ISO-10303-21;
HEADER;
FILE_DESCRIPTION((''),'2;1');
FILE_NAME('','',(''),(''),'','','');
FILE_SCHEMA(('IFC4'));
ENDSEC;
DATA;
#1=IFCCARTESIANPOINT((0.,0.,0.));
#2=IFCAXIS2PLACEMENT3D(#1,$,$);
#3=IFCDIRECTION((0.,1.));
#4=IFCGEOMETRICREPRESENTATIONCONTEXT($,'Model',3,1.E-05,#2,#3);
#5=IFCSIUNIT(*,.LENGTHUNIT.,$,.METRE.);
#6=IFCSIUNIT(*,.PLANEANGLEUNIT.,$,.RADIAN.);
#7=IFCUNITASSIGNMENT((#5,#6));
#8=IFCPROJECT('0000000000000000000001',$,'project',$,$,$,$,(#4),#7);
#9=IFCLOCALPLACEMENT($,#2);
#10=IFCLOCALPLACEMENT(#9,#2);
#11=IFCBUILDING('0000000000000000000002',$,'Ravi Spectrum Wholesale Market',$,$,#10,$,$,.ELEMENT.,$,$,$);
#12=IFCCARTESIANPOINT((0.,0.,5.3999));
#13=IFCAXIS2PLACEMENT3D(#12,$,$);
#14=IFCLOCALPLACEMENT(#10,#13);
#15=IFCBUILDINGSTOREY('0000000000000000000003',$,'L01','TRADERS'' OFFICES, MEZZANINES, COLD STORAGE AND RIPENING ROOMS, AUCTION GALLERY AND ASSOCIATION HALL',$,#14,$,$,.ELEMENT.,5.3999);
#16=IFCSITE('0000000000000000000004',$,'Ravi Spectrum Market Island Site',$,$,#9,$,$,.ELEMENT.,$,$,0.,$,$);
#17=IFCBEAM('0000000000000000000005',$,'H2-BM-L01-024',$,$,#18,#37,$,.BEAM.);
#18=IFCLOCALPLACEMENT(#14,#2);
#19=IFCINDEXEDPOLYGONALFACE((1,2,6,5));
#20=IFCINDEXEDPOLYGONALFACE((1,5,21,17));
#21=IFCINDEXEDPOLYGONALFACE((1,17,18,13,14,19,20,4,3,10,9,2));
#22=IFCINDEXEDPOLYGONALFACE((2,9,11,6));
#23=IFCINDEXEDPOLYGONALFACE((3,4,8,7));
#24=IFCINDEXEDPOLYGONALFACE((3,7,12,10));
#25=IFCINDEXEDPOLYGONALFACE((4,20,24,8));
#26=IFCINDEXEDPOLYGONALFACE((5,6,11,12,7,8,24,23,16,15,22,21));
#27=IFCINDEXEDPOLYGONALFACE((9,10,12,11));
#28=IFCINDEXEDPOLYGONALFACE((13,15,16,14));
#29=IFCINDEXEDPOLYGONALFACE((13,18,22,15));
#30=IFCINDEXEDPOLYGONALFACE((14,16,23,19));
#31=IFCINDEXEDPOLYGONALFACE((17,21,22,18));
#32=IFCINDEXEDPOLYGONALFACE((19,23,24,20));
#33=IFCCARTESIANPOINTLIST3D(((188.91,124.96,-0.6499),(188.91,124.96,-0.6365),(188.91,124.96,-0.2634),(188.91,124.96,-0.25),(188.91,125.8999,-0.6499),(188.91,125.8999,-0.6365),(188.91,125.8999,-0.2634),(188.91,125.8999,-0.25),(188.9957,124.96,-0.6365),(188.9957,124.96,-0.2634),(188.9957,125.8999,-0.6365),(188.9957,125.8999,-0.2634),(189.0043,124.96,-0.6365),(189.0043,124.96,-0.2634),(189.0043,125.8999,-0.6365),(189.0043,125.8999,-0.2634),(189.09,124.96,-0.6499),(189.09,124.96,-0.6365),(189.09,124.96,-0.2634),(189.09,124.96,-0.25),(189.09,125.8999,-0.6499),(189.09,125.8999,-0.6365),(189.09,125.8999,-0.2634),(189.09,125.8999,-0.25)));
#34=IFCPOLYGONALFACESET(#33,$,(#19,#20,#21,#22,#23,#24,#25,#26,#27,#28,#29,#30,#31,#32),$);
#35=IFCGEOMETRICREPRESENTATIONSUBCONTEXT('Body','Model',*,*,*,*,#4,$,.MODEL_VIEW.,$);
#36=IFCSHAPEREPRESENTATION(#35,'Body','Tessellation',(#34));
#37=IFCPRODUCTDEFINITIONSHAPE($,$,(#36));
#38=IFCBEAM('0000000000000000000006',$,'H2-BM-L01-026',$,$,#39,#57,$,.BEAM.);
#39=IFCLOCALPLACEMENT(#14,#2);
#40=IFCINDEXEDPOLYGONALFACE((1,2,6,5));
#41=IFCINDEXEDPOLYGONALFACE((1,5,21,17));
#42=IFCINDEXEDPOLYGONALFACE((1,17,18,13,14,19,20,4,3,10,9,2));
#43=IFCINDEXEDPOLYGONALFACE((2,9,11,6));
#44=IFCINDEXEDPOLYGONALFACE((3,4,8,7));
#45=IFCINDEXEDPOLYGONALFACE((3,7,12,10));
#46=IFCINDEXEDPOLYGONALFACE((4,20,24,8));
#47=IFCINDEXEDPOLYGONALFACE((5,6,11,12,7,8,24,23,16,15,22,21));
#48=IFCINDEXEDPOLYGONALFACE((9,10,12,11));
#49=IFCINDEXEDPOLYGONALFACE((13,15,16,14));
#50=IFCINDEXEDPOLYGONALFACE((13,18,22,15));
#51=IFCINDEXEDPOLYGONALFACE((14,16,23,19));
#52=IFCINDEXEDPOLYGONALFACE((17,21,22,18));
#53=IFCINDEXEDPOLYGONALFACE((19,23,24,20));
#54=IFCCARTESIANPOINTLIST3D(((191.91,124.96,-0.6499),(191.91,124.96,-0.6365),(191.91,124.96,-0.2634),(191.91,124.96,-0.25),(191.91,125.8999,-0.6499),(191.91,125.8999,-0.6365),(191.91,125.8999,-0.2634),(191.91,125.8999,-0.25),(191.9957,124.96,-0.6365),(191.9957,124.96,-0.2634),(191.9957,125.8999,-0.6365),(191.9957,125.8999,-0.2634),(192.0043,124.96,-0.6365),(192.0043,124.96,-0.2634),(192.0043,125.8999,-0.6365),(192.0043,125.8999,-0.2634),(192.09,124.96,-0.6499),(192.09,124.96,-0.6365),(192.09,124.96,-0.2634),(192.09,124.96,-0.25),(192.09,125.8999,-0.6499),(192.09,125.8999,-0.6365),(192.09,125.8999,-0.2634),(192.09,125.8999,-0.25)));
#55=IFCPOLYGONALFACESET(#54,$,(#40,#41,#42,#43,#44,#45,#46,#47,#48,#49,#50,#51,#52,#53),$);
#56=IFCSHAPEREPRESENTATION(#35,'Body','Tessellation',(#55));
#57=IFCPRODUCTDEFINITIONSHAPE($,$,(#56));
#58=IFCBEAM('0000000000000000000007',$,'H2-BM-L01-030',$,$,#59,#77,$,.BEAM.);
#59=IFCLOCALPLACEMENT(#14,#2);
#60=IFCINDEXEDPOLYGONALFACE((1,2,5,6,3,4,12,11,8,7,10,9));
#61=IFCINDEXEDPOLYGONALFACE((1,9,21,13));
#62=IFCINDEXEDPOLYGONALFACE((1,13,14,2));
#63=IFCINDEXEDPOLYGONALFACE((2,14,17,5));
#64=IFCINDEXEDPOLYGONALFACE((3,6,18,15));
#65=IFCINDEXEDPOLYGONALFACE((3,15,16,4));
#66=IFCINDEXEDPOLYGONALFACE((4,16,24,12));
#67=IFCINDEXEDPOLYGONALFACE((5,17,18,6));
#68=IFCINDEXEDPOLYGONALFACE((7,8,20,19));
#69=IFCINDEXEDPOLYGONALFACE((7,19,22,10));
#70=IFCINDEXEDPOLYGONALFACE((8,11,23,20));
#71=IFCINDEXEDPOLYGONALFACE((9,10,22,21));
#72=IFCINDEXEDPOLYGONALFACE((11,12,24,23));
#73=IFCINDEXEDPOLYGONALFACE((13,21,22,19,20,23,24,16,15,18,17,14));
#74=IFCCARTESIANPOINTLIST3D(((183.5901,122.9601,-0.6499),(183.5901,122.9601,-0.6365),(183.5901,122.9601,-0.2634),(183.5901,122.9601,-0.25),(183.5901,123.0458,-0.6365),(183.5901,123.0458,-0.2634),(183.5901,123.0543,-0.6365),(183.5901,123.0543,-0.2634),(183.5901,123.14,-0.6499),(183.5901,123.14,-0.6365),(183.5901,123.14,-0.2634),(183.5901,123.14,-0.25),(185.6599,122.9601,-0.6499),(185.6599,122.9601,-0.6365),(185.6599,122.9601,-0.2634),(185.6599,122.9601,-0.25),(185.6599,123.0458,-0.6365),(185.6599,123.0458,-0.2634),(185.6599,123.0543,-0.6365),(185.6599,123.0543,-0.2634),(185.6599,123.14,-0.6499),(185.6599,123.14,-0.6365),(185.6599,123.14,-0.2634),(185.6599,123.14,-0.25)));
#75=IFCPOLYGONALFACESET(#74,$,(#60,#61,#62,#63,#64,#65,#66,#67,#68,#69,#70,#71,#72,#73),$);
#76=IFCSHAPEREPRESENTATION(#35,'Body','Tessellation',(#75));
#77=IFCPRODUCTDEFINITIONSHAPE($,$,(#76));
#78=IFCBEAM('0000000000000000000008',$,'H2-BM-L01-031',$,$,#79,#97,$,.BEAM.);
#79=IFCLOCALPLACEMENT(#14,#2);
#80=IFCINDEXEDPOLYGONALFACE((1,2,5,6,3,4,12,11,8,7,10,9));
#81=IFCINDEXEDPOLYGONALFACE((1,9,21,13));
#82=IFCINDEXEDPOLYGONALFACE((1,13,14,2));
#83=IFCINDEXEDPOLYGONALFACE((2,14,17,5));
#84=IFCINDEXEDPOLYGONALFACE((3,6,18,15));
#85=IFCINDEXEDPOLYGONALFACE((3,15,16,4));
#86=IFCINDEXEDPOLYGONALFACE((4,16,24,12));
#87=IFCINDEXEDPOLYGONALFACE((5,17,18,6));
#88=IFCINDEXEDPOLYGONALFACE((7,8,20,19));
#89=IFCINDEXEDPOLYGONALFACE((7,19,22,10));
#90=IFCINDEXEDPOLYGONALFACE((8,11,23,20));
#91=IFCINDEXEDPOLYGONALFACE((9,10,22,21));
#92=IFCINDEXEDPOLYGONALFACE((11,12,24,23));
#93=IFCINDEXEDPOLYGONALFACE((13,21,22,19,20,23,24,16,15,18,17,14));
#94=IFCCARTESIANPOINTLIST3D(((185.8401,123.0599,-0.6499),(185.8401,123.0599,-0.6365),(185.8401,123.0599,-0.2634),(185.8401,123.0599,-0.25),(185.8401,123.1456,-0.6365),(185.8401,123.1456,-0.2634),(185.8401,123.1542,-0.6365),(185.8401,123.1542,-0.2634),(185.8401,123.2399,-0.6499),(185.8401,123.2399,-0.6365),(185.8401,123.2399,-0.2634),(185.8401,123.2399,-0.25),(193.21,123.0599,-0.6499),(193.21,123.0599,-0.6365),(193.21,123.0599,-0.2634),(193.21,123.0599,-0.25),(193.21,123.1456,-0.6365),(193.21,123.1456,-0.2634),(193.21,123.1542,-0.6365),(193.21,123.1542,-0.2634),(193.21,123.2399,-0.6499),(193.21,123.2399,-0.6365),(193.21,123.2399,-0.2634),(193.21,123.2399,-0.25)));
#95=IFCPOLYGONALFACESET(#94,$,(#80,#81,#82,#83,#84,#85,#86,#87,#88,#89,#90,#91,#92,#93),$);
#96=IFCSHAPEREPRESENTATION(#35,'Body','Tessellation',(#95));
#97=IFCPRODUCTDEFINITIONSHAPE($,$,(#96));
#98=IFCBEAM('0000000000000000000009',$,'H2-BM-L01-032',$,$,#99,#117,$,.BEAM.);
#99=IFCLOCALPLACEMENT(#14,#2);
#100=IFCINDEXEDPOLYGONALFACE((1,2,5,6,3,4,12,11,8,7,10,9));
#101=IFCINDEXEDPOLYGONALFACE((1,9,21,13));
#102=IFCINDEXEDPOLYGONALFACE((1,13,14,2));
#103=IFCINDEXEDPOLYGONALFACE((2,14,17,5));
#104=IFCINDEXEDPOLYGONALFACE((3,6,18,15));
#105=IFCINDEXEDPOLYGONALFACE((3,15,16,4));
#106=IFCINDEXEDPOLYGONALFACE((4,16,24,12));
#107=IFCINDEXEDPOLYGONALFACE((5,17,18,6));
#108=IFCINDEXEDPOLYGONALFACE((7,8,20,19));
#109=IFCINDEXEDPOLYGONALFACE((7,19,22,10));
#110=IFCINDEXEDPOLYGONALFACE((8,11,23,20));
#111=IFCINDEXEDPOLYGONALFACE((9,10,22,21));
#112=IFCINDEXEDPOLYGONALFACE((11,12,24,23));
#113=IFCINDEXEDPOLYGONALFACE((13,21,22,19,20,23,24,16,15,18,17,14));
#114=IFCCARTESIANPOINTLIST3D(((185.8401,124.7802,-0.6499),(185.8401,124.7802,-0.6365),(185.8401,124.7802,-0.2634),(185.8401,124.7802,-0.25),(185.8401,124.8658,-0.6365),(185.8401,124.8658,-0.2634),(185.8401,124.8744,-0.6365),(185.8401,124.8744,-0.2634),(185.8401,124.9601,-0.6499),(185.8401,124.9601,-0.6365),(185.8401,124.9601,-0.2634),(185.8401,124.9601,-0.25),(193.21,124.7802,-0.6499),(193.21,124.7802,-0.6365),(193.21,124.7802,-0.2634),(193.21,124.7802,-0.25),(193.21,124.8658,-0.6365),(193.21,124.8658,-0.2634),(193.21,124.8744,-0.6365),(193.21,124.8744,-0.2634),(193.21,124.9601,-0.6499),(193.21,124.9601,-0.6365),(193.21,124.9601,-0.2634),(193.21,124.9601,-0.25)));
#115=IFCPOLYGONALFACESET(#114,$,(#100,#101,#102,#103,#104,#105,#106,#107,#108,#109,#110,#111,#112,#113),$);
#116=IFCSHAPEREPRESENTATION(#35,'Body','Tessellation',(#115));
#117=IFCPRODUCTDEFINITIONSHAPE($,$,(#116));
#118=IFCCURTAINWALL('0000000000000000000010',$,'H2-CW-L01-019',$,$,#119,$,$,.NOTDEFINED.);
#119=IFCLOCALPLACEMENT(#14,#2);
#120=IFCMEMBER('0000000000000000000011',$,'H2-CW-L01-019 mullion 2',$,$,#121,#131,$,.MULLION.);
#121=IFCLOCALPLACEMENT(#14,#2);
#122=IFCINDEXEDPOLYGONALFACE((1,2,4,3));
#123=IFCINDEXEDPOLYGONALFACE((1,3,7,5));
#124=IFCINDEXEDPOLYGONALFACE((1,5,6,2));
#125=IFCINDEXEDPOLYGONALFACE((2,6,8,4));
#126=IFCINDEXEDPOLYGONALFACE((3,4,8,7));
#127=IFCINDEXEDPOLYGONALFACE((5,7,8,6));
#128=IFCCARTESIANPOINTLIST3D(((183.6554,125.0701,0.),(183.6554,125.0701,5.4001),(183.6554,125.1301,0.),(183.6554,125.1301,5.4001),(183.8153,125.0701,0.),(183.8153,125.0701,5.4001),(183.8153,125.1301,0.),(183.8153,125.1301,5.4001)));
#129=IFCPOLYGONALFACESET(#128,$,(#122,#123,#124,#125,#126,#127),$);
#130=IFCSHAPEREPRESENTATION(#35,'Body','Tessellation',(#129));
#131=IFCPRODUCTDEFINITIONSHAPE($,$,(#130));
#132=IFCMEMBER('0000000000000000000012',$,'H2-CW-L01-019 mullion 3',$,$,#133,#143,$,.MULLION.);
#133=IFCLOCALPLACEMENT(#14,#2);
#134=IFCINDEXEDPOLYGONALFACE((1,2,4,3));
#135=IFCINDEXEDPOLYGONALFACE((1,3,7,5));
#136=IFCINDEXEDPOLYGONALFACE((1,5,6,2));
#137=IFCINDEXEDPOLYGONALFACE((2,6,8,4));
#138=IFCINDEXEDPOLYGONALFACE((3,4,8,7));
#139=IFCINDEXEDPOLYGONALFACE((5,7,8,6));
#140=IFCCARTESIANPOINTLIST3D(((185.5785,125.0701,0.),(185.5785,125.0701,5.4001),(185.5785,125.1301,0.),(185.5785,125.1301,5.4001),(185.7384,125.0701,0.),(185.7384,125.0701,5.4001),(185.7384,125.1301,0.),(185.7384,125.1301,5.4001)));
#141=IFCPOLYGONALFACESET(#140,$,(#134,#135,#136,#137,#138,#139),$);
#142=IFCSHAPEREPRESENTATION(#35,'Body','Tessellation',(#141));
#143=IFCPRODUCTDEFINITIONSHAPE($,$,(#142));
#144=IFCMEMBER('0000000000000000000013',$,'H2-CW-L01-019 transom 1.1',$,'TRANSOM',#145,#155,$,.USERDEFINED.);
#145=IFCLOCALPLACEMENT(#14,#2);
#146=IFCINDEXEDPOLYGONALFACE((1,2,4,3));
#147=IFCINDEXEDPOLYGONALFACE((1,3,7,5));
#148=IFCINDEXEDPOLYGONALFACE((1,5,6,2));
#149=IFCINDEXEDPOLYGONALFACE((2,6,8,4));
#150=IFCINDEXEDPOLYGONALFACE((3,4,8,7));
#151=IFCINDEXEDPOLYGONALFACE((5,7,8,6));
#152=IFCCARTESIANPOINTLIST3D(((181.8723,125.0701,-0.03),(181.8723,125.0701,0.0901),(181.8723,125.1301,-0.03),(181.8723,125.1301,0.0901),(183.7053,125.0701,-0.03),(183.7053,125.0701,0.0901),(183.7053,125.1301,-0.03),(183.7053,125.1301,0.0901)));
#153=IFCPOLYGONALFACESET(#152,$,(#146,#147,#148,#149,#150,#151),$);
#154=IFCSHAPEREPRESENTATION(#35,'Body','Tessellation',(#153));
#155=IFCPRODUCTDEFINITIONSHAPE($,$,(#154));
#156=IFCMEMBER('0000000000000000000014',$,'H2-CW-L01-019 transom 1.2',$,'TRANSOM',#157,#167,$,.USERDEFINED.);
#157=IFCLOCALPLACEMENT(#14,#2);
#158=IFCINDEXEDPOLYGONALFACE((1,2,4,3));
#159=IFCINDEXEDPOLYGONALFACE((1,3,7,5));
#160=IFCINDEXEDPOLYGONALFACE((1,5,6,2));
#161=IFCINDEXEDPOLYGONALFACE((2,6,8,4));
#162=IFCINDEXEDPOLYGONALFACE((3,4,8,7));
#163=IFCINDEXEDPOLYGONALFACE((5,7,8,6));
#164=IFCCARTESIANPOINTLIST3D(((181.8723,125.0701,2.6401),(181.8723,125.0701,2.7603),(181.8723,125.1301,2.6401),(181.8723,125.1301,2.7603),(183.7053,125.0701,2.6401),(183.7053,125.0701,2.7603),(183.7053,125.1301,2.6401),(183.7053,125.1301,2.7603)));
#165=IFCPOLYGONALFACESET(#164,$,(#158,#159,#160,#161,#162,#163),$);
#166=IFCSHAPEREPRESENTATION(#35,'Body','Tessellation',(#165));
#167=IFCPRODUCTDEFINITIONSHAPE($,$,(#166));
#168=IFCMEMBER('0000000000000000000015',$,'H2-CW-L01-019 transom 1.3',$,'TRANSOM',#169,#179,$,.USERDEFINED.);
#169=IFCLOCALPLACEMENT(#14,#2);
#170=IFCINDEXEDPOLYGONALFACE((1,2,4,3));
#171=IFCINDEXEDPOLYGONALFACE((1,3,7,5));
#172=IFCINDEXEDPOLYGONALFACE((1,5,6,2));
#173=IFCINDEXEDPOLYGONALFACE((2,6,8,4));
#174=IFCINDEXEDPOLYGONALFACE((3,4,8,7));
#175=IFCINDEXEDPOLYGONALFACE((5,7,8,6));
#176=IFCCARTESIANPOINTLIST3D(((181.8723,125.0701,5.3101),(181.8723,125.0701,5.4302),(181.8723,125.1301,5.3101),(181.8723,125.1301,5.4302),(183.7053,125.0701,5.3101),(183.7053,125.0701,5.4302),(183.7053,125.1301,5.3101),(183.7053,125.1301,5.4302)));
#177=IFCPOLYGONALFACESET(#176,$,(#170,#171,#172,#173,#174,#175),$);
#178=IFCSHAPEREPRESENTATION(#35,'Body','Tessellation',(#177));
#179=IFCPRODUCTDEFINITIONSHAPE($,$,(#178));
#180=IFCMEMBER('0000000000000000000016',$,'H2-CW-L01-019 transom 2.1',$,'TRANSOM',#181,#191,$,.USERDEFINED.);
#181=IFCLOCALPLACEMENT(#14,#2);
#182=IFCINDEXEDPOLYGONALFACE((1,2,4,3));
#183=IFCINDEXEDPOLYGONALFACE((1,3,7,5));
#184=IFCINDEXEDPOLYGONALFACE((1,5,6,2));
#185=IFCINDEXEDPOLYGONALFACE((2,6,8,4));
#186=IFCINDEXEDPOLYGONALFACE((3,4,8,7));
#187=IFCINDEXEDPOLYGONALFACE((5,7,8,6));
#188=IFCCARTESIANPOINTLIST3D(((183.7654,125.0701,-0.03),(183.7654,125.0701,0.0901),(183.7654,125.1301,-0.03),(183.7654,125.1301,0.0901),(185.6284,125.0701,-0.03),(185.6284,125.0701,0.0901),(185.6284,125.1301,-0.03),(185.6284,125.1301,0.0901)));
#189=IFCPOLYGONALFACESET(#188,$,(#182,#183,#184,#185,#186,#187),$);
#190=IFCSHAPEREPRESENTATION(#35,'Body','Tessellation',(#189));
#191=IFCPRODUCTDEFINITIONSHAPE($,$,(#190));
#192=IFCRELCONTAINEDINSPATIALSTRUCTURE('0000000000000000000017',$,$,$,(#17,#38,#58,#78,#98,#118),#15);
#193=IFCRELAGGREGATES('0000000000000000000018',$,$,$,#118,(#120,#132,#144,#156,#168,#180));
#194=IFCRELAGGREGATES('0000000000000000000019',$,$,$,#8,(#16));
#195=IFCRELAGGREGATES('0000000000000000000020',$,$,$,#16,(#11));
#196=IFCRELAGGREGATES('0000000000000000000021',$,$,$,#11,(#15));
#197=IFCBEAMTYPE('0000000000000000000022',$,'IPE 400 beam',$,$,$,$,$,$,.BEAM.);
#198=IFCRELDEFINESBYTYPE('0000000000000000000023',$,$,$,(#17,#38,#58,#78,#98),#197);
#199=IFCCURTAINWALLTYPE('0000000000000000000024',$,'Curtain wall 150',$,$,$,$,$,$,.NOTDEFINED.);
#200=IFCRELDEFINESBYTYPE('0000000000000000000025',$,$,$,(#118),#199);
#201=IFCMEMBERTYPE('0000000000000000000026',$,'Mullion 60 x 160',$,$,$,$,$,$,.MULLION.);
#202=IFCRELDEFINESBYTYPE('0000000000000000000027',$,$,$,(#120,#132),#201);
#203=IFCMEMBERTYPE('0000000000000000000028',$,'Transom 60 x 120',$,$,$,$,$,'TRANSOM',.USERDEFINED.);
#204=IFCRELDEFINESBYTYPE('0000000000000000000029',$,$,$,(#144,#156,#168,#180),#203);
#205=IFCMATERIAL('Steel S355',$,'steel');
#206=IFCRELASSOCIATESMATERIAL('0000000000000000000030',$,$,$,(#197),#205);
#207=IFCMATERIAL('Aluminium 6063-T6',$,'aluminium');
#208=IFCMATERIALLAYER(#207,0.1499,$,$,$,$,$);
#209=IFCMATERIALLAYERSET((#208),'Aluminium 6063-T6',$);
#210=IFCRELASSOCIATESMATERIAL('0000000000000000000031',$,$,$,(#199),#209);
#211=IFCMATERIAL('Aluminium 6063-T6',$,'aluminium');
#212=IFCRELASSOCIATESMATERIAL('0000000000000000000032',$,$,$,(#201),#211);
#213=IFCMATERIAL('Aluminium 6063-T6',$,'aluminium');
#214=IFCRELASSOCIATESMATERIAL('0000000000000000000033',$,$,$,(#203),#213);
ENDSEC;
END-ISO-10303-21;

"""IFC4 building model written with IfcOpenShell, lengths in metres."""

from ifc_helpers import new_model, si_unit, direction, frame, origin, origin_2d, place, context, subcontext, project, spatial, rectangle, i_section, extrude, material, layer, layer_set, material_profile, profile_set, type_object, element, aggregate, save


model = new_model("IFC4")

# Units and contexts
model_context = context("Model", 3, precision=1e-05, world=origin(), true_north=direction((0.0, 1.0)))
body_context = subcontext(model_context, "Body", "Model", "MODEL_VIEW")
ifc_project = project(units=[si_unit("LENGTHUNIT", "METRE"), si_unit("PLANEANGLEUNIT", "RADIAN")], contexts=[model_context])

# Site, building, storey
site_placement = place(None, origin())
site = spatial("IfcSite", under=ifc_project, at=site_placement, Name="Ravi Spectrum Market Island Site", CompositionType="ELEMENT", RefElevation=0.0)
building_placement = place(site_placement, origin())
building = spatial("IfcBuilding", under=site, at=building_placement, Name="Ravi Spectrum Wholesale Market", CompositionType="ELEMENT")
storey_placement = place(building_placement, frame((0.0, 0.0, 5.3999)))
storey = spatial("IfcBuildingStorey", under=building, at=storey_placement, Name="L01", Description="TRADERS' OFFICES, MEZZANINES, COLD STORAGE AND RIPENING ROOMS, AUCTION GALLERY AND ASSOCIATION HALL", CompositionType="ELEMENT", Elevation=5.3999)

# Beams
ifc_material_1 = material(Name="Steel S355", Category="steel")
ifc_material_profile_1 = material_profile(ifc_material_1, i_section(OverallWidth=0.1799, OverallDepth=0.3999, WebThickness=0.0085, FlangeThickness=0.0134, at=origin_2d()))
ifc_profile_set_1 = profile_set([ifc_material_profile_1], Name="Steel S355")
beam_type = type_object("IfcBeamType", Name="IPE 400 beam", PredefinedType="BEAM", material=ifc_profile_set_1)
for number, where, z_axis, x_axis, name in (
    (1, (189.0, 124.96, -0.45), (0.0, 1.0, 0.0), (-1.0, 0.0, 0.0), "H2-BM-L01-024"),
    (2, (192.0, 124.96, -0.45), (0.0, 1.0, 0.0), (-1.0, 0.0, 0.0), "H2-BM-L01-026"),
):
    element("IfcBeam", number, at=place(storey_placement, frame(where, z_axis=z_axis, x_axis=x_axis)), inside=storey, type_object=beam_type, Name=name, PredefinedType="BEAM", context=body_context, shape_type="SweptSolid", body=[
        extrude(i_section(OverallWidth=0.1799, OverallDepth=0.3999, WebThickness=0.0085, FlangeThickness=0.0134, at=origin_2d()), origin(), (0.0, 0.0, 1.0), 0.9399),
    ])
beam_placement = place(storey_placement, frame((183.5901, 123.05, -0.45), z_axis=(1.0, 0.0, 0.0), x_axis=(0.0, 1.0, 0.0)))
element("IfcBeam", 3, at=beam_placement, inside=storey, type_object=beam_type, Name="H2-BM-L01-030", PredefinedType="BEAM", context=body_context, shape_type="SweptSolid", body=[
    extrude(i_section(OverallWidth=0.1799, OverallDepth=0.3999, WebThickness=0.0085, FlangeThickness=0.0134, at=origin_2d()), origin(), (0.0, 0.0, 1.0), 2.0698),
])
for number, where, z_axis, x_axis, name in (
    (4, (185.8401, 123.1499, -0.45), (1.0, 0.0, 0.0), (0.0, 1.0, 0.0), "H2-BM-L01-031"),
    (5, (185.8401, 124.8701, -0.45), (1.0, 0.0, 0.0), (0.0, 1.0, 0.0), "H2-BM-L01-032"),
):
    element("IfcBeam", number, at=place(storey_placement, frame(where, z_axis=z_axis, x_axis=x_axis)), inside=storey, type_object=beam_type, Name=name, PredefinedType="BEAM", context=body_context, shape_type="SweptSolid", body=[
        extrude(i_section(OverallWidth=0.1799, OverallDepth=0.3999, WebThickness=0.0085, FlangeThickness=0.0134, at=origin_2d()), origin(), (0.0, 0.0, 1.0), 7.3699),
    ])

# Curtain wall, members
ifc_material_2 = material(Name="Aluminium 6063-T6", Category="aluminium")
ifc_layer_1 = layer(ifc_material_2, 0.1499)
ifc_layer_set_1 = layer_set([ifc_layer_1], Name="Aluminium 6063-T6")
curtain_wall_type = type_object("IfcCurtainWallType", Name="Curtain wall 150", PredefinedType="NOTDEFINED", material=ifc_layer_set_1)
curtain_wall_placement = place(storey_placement, origin())
curtain_wall = element("IfcCurtainWall", 6, at=curtain_wall_placement, inside=storey, type_object=curtain_wall_type, Name="H2-CW-L01-019", PredefinedType="NOTDEFINED")
ifc_material_3 = material(Name="Aluminium 6063-T6", Category="aluminium")
ifc_material_profile_2 = material_profile(ifc_material_3, rectangle(XDim=0.0601, YDim=0.1599, at=origin_2d()))
ifc_profile_set_2 = profile_set([ifc_material_profile_2], Name="Aluminium 6063-T6")
member_type_1 = type_object("IfcMemberType", Name="Mullion 60 x 160", PredefinedType="MULLION", material=ifc_profile_set_2)
member_1_placement = place(storey_placement, frame((183.7354, 125.1001, 0.0), z_axis=(0.0, 0.0, 1.0), x_axis=(0.0, 1.0, 0.0)))
member_1 = element("IfcMember", 7, at=member_1_placement, type_object=member_type_1, Name="H2-CW-L01-019 mullion 2", PredefinedType="MULLION", context=body_context, shape_type="SweptSolid", body=[
    extrude(rectangle(XDim=0.0601, YDim=0.1599, at=origin_2d()), origin(), (0.0, 0.0, 1.0), 5.4001),
])
member_2_placement = place(storey_placement, frame((185.6584, 125.1001, 0.0), z_axis=(0.0, 0.0, 1.0), x_axis=(0.0, 1.0, 0.0)))
member_2 = element("IfcMember", 8, at=member_2_placement, type_object=member_type_1, Name="H2-CW-L01-019 mullion 3", PredefinedType="MULLION", context=body_context, shape_type="SweptSolid", body=[
    extrude(rectangle(XDim=0.0601, YDim=0.1599, at=origin_2d()), origin(), (0.0, 0.0, 1.0), 5.4001),
])
ifc_material_4 = material(Name="Aluminium 6063-T6", Category="aluminium")
ifc_material_profile_3 = material_profile(ifc_material_4, rectangle(XDim=0.0601, YDim=0.1201, at=origin_2d()))
ifc_profile_set_3 = profile_set([ifc_material_profile_3], Name="Aluminium 6063-T6")
member_type_2 = type_object("IfcMemberType", Name="Transom 60 x 120", ElementType="TRANSOM", PredefinedType="USERDEFINED", material=ifc_profile_set_3)
member_3_placement = place(storey_placement, frame((181.8723, 125.1001, 0.03), z_axis=(1.0, 0.0, 0.0), x_axis=(0.0, 1.0, 0.0)))
member_3 = element("IfcMember", 9, at=member_3_placement, type_object=member_type_2, Name="H2-CW-L01-019 transom 1.1", ObjectType="TRANSOM", PredefinedType="USERDEFINED", context=body_context, shape_type="SweptSolid", body=[
    extrude(rectangle(XDim=0.0601, YDim=0.1201, at=origin_2d()), origin(), (0.0, 0.0, 1.0), 1.833),
])
member_4_placement = place(storey_placement, frame((181.8723, 125.1001, 2.7002), z_axis=(1.0, 0.0, 0.0), x_axis=(0.0, 1.0, 0.0)))
member_4 = element("IfcMember", 10, at=member_4_placement, type_object=member_type_2, Name="H2-CW-L01-019 transom 1.2", ObjectType="TRANSOM", PredefinedType="USERDEFINED", context=body_context, shape_type="SweptSolid", body=[
    extrude(rectangle(XDim=0.0601, YDim=0.1201, at=origin_2d()), origin(), (0.0, 0.0, 1.0), 1.833),
])
member_5_placement = place(storey_placement, frame((181.8723, 125.1001, 5.3701), z_axis=(1.0, 0.0, 0.0), x_axis=(0.0, 1.0, 0.0)))
member_5 = element("IfcMember", 11, at=member_5_placement, type_object=member_type_2, Name="H2-CW-L01-019 transom 1.3", ObjectType="TRANSOM", PredefinedType="USERDEFINED", context=body_context, shape_type="SweptSolid", body=[
    extrude(rectangle(XDim=0.0601, YDim=0.1201, at=origin_2d()), origin(), (0.0, 0.0, 1.0), 1.833),
])
member_6_placement = place(storey_placement, frame((183.7654, 125.1001, 0.03), z_axis=(1.0, 0.0, 0.0), x_axis=(0.0, 1.0, 0.0)))
member_6 = element("IfcMember", 12, at=member_6_placement, type_object=member_type_2, Name="H2-CW-L01-019 transom 2.1", ObjectType="TRANSOM", PredefinedType="USERDEFINED", context=body_context, shape_type="SweptSolid", body=[
    extrude(rectangle(XDim=0.0601, YDim=0.1201, at=origin_2d()), origin(), (0.0, 0.0, 1.0), 1.863),
])
aggregate(curtain_wall, [member_1, member_2, member_3, member_4, member_5, member_6])

save(model, "model.ifc")
